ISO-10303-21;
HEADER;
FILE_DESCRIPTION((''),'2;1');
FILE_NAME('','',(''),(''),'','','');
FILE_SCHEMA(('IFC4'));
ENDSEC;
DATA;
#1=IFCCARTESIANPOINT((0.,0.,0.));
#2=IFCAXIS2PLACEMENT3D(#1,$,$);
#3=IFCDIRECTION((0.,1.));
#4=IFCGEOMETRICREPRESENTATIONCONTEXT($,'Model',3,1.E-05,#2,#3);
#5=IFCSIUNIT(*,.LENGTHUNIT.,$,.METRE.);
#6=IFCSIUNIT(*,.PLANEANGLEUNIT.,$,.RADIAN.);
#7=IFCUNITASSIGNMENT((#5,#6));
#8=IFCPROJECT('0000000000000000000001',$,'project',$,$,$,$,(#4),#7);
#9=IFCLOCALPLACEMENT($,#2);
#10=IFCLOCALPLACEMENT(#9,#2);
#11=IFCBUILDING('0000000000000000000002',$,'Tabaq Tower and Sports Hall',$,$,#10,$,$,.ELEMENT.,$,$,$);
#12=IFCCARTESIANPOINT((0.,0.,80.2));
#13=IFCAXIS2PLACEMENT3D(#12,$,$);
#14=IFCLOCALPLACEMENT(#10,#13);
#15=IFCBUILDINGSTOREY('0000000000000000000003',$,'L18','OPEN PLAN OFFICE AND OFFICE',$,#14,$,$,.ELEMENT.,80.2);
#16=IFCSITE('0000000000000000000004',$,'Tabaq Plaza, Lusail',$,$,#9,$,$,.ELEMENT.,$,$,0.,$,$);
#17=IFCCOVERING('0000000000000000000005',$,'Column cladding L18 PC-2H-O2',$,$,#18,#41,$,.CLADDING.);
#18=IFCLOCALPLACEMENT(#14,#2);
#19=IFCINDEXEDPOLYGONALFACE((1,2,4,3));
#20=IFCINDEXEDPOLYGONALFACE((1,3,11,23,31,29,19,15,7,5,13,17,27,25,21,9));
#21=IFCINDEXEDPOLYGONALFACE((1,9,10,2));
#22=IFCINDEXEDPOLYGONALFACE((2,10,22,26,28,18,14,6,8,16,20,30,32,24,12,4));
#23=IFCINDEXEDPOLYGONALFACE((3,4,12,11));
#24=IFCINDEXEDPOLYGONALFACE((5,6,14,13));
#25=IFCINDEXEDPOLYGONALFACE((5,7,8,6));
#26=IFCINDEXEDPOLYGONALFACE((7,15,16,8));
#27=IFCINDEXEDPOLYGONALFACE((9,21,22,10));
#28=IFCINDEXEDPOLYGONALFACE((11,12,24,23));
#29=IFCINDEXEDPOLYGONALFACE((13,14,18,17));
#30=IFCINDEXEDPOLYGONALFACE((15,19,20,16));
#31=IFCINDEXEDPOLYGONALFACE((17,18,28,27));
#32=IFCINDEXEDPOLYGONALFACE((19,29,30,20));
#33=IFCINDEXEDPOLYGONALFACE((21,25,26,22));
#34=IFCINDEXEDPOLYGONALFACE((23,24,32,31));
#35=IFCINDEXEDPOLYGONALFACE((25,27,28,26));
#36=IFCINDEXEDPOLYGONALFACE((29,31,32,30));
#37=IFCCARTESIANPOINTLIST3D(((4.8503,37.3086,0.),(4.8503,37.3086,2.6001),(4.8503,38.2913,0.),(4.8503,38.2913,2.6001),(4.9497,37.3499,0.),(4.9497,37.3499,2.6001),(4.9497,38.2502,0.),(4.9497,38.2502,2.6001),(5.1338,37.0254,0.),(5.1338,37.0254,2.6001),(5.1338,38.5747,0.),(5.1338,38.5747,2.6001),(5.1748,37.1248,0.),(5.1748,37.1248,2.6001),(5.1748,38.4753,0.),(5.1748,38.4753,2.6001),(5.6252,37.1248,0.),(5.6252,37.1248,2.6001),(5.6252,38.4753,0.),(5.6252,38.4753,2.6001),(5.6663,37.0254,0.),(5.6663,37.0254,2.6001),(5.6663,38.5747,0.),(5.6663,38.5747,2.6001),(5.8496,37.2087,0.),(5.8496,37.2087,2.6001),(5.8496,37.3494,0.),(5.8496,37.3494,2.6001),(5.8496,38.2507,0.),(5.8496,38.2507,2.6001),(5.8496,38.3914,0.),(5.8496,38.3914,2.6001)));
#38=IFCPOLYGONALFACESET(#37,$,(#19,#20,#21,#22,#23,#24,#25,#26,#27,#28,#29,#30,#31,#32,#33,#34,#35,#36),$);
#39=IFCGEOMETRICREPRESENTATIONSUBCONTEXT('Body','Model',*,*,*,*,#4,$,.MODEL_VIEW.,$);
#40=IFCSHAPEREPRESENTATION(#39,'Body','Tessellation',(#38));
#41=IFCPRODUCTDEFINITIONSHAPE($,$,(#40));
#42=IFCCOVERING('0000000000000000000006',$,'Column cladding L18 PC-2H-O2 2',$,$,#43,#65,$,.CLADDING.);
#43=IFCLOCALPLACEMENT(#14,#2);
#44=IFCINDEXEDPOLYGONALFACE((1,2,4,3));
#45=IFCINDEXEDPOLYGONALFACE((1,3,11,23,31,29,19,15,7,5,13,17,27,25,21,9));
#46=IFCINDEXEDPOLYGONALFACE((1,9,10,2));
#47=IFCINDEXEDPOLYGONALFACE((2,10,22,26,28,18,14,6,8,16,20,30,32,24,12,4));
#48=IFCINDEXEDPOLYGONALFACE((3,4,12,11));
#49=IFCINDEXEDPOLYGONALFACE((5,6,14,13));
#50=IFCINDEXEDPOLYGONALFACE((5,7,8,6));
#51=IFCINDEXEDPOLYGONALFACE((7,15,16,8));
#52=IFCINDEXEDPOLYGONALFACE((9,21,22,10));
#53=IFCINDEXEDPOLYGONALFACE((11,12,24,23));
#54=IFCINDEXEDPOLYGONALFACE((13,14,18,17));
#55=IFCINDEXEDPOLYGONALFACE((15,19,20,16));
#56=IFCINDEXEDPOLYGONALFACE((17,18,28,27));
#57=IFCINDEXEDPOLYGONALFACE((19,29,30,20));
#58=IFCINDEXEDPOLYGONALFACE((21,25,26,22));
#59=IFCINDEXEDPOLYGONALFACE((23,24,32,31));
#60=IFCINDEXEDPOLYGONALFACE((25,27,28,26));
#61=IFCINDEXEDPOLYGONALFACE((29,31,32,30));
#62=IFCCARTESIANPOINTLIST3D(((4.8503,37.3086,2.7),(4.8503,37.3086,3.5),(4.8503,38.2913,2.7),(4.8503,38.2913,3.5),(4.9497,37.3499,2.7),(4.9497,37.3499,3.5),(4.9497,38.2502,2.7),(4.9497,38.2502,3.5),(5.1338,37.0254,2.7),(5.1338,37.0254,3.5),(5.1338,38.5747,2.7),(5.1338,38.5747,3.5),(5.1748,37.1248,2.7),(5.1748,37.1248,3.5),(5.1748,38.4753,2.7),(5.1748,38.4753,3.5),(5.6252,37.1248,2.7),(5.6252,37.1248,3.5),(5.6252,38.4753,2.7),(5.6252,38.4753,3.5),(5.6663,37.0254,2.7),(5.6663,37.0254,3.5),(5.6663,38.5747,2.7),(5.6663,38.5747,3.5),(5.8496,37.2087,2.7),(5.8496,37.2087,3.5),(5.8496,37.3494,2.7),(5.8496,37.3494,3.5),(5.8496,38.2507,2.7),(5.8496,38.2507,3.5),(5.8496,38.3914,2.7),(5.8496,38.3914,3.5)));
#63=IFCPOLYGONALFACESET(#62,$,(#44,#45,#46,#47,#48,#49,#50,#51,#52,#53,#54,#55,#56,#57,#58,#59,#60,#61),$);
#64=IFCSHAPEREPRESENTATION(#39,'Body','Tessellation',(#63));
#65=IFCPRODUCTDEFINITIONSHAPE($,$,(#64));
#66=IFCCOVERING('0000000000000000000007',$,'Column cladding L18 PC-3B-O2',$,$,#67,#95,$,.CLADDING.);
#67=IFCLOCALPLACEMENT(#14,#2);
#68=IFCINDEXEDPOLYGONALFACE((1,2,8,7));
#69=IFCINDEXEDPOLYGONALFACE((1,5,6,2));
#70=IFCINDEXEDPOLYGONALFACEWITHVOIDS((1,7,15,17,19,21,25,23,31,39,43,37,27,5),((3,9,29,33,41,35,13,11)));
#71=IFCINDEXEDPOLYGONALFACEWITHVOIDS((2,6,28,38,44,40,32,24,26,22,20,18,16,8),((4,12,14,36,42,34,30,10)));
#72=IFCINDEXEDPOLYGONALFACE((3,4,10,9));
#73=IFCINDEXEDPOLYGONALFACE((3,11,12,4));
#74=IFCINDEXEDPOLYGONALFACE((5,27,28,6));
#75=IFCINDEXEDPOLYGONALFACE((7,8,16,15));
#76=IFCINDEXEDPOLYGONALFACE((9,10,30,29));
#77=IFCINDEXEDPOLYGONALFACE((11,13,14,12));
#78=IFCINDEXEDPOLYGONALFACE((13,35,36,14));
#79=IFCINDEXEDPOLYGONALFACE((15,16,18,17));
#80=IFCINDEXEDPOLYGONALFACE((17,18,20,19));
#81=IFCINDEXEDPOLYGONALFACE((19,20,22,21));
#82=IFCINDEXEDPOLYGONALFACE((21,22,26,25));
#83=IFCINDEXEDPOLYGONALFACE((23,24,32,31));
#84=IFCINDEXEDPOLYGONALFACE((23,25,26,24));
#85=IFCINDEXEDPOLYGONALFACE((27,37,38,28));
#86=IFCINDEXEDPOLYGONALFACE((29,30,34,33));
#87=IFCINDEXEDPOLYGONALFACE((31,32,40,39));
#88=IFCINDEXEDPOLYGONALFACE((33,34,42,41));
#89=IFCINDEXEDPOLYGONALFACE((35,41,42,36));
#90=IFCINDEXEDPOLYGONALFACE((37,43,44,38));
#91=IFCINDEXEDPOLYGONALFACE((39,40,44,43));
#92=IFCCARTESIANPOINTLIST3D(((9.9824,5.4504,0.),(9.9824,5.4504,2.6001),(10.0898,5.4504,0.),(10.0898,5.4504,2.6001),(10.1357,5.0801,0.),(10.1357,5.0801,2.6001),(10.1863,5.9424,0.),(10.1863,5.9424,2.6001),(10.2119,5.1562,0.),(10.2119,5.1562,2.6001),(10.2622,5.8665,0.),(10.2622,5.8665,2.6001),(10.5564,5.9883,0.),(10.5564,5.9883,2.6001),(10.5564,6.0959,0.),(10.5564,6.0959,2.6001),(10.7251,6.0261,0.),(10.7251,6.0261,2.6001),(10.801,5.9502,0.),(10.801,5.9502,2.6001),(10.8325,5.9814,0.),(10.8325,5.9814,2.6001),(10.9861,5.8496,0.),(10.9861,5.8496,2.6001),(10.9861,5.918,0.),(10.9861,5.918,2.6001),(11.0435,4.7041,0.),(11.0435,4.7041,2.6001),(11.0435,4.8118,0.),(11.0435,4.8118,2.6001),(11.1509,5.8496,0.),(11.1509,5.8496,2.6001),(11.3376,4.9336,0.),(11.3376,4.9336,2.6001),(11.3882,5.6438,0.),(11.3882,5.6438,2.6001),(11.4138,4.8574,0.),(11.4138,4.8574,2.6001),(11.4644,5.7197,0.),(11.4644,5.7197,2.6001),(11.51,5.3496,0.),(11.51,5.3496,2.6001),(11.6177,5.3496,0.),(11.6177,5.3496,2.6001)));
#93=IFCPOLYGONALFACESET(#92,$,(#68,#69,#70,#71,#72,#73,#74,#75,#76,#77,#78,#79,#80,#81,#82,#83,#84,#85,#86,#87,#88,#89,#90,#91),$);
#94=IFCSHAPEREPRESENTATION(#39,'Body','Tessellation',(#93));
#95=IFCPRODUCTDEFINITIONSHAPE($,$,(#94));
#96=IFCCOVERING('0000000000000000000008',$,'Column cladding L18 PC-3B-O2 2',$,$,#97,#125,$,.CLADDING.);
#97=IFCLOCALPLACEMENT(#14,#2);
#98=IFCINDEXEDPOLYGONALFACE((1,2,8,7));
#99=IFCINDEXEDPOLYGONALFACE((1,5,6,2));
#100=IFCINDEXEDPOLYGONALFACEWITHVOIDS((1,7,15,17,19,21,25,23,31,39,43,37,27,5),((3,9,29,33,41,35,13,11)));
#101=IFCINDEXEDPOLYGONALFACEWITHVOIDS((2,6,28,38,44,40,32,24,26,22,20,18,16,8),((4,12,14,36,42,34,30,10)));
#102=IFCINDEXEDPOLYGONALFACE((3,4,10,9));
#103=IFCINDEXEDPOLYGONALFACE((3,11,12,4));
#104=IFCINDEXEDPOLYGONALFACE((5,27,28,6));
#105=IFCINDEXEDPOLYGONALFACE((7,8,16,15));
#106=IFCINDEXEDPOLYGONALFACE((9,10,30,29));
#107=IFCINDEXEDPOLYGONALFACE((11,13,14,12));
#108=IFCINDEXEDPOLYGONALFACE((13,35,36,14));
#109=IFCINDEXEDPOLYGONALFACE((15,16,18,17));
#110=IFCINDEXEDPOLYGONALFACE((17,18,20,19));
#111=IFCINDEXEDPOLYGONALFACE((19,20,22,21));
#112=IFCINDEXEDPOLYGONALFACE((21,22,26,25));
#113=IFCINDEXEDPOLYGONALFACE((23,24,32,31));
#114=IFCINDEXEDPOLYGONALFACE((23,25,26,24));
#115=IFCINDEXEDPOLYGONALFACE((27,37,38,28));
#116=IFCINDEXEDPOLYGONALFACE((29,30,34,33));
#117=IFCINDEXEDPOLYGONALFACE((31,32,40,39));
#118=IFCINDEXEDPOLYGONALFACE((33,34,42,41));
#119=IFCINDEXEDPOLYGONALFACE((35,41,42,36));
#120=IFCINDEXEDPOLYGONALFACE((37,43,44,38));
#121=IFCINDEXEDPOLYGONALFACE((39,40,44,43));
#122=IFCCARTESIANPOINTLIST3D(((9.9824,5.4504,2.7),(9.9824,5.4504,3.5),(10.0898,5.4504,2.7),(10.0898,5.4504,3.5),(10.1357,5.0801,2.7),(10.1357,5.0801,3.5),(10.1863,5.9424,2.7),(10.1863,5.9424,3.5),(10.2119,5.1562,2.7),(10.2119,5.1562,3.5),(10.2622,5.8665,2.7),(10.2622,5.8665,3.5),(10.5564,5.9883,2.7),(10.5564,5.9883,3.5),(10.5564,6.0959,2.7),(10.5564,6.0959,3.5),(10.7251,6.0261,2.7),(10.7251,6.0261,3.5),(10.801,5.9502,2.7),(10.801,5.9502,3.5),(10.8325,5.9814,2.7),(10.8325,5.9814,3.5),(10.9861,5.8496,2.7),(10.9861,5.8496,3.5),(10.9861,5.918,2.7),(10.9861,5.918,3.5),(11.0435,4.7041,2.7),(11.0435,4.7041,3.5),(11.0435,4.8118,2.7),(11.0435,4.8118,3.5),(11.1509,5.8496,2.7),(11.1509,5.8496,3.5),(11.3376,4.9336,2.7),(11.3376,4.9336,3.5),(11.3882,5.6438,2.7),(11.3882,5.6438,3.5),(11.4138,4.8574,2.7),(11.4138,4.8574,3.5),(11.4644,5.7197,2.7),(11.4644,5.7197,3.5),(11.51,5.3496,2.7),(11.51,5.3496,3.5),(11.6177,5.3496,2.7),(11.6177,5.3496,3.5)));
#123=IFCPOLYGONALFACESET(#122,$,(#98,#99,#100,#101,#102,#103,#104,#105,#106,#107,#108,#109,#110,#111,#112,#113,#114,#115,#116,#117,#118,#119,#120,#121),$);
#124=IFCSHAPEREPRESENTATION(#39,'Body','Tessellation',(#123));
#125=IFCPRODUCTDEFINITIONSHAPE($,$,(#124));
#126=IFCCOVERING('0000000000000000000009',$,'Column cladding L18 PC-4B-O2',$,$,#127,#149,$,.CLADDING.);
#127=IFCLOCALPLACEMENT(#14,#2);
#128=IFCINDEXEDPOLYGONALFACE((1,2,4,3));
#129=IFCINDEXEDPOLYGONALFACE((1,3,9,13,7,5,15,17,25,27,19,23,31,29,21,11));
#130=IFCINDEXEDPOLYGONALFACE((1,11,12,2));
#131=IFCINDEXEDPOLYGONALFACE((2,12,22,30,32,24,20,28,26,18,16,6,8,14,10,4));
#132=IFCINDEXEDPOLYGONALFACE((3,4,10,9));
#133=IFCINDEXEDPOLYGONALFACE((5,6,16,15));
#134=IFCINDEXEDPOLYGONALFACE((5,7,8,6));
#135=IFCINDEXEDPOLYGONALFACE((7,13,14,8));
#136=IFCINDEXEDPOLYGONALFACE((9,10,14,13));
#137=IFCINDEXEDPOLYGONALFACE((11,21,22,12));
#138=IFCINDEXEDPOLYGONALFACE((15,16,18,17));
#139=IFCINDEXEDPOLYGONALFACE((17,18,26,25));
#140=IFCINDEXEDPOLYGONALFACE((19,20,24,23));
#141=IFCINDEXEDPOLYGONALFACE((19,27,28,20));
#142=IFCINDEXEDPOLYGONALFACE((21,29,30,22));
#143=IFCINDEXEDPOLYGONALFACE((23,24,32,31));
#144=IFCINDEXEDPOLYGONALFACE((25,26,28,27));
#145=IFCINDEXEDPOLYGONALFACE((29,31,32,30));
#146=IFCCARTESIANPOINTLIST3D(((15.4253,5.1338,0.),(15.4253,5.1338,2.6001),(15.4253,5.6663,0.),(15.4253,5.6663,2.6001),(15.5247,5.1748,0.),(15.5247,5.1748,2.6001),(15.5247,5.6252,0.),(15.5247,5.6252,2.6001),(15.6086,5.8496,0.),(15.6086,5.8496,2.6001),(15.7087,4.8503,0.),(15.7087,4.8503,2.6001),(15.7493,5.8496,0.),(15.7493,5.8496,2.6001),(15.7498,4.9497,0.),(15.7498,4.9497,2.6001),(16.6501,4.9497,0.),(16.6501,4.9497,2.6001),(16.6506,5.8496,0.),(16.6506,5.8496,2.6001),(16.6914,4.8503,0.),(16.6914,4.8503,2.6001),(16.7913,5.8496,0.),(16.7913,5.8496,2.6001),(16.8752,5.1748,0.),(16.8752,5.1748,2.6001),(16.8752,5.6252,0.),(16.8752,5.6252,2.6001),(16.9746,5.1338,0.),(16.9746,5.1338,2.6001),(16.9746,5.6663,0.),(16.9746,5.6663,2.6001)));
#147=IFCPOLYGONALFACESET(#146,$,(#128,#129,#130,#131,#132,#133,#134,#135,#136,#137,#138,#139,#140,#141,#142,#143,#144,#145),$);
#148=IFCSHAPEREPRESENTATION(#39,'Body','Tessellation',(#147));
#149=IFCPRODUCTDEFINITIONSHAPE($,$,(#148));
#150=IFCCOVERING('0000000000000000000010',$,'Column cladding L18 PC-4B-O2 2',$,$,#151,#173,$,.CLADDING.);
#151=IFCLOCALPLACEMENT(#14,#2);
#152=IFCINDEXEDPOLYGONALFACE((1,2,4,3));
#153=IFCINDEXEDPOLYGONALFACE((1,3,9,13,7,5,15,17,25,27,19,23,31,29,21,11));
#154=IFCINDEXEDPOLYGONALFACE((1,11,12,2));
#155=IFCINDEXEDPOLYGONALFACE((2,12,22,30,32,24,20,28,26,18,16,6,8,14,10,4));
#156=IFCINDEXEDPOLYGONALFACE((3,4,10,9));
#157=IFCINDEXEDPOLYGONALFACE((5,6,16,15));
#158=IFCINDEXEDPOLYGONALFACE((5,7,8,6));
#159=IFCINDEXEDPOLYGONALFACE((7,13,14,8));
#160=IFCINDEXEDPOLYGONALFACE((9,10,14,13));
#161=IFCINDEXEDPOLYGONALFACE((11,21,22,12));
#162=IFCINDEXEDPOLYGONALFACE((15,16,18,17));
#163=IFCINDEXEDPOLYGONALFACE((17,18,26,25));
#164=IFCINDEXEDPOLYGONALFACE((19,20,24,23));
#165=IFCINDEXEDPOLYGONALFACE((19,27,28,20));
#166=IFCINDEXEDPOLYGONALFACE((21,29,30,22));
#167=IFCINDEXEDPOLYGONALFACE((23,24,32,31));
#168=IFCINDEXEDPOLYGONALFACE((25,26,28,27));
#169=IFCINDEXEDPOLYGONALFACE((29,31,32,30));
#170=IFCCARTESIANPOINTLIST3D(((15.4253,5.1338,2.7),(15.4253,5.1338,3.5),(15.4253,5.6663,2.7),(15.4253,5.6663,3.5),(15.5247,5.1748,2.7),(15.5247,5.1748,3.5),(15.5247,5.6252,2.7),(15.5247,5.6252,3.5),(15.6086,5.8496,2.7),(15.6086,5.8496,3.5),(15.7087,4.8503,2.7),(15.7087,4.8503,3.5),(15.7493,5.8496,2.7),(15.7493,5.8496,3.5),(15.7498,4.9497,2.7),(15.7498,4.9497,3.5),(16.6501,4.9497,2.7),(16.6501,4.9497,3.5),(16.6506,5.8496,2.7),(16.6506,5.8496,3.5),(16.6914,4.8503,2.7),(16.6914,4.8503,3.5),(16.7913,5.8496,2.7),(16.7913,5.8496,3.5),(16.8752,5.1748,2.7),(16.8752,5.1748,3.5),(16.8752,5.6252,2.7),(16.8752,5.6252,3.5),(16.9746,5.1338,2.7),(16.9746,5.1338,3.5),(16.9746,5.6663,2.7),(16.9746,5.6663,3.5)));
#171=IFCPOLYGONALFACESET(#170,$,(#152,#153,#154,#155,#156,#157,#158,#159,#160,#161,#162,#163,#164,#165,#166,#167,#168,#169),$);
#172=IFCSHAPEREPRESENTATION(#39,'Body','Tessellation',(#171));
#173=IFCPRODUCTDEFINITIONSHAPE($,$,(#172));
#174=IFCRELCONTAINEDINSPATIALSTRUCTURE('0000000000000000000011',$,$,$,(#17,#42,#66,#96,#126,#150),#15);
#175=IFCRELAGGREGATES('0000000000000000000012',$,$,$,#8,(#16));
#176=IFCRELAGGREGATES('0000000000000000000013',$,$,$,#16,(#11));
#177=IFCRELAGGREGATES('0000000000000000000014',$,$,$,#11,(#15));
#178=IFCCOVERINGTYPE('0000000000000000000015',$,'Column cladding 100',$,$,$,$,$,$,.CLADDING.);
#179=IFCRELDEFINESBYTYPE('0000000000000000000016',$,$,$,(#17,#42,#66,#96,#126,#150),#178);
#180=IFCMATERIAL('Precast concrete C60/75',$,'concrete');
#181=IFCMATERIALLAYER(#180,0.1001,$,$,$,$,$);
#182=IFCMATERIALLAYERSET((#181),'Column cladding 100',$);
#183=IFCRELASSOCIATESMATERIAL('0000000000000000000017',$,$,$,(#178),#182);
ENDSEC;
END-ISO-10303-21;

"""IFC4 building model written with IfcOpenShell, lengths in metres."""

from ifc_helpers import new_model, si_unit, direction, frame, origin, place, context, subcontext, project, spatial, polyline, outline, extrude, material, layer, layer_set, type_object, element, save


model = new_model("IFC4")

# Units and contexts
model_context = context("Model", 3, precision=1e-05, world=origin(), true_north=direction((0.0, 1.0)))
body_context = subcontext(model_context, "Body", "Model", "MODEL_VIEW")
ifc_project = project(units=[si_unit("LENGTHUNIT", "METRE"), si_unit("PLANEANGLEUNIT", "RADIAN")], contexts=[model_context])

# Site, building, storey
site_placement = place(None, origin())
site = spatial("IfcSite", under=ifc_project, at=site_placement, Name="Tabaq Plaza, Lusail", CompositionType="ELEMENT", RefElevation=0.0)
building_placement = place(site_placement, origin())
building = spatial("IfcBuilding", under=site, at=building_placement, Name="Tabaq Tower and Sports Hall", CompositionType="ELEMENT")
storey_placement = place(building_placement, frame((0.0, 0.0, 80.2)))
storey = spatial("IfcBuildingStorey", under=building, at=storey_placement, Name="L18", Description="OPEN PLAN OFFICE AND OFFICE", CompositionType="ELEMENT", Elevation=80.2)

# Coverings
ifc_material_1 = material(Name="Precast concrete C60/75", Category="concrete")
ifc_layer_1 = layer(ifc_material_1, 0.1001)
ifc_layer_set_1 = layer_set([ifc_layer_1], Name="Column cladding 100")
covering_type = type_object("IfcCoveringType", Name="Column cladding 100", PredefinedType="CLADDING", material=ifc_layer_set_1)
covering_1_placement = place(storey_placement, origin())
element("IfcCovering", 1, at=covering_1_placement, inside=storey, type_object=covering_type, Name="Column cladding L18 PC-2H-O2", PredefinedType="CLADDING", context=body_context, shape_type="SweptSolid", body=[
    extrude(outline(polyline([(5.1338, 37.0254), (4.8503, 37.3086), (4.8503, 38.2913), (5.1338, 38.5747), (5.6663, 38.5747), (5.8496, 38.3914), (5.8496, 38.2507), (5.6252, 38.4753), (5.1748, 38.4753), (4.9497, 38.2502), (4.9497, 37.3499), (5.1748, 37.1248), (5.6252, 37.1248), (5.8496, 37.3494), (5.8496, 37.2087), (5.6663, 37.0254), (5.1338, 37.0254)])), origin(), (0.0, 0.0, 1.0), 2.6001),
])
covering_2_placement = place(storey_placement, frame((0.0, 0.0, 2.7)))
element("IfcCovering", 2, at=covering_2_placement, inside=storey, type_object=covering_type, Name="Column cladding L18 PC-2H-O2 2", PredefinedType="CLADDING", context=body_context, shape_type="SweptSolid", body=[
    extrude(outline(polyline([(5.1338, 37.0254), (4.8503, 37.3086), (4.8503, 38.2913), (5.1338, 38.5747), (5.6663, 38.5747), (5.8496, 38.3914), (5.8496, 38.2507), (5.6252, 38.4753), (5.1748, 38.4753), (4.9497, 38.2502), (4.9497, 37.3499), (5.1748, 37.1248), (5.6252, 37.1248), (5.8496, 37.3494), (5.8496, 37.2087), (5.6663, 37.0254), (5.1338, 37.0254)])), origin(), (0.0, 0.0, 1.0), 0.8),
])
covering_3_placement = place(storey_placement, origin())
element("IfcCovering", 3, at=covering_3_placement, inside=storey, type_object=covering_type, Name="Column cladding L18 PC-3B-O2", PredefinedType="CLADDING", context=body_context, shape_type="SweptSolid", body=[
    extrude(outline(polyline([(11.4138, 4.8574), (11.0435, 4.7041), (10.1357, 5.0801), (9.9824, 5.4504), (10.1863, 5.9424), (10.5564, 6.0959), (10.7251, 6.0261), (10.801, 5.9502), (10.8325, 5.9814), (10.9861, 5.918), (10.9861, 5.8496), (11.1509, 5.8496), (11.4644, 5.7197), (11.6177, 5.3496), (11.4138, 4.8574)]), holes=[polyline([(10.2622, 5.8665), (10.0898, 5.4504), (10.2119, 5.1562), (11.0435, 4.8118), (11.3376, 4.9336), (11.51, 5.3496), (11.3882, 5.6438), (10.5564, 5.9883), (10.2622, 5.8665)])]), origin(), (0.0, 0.0, 1.0), 2.6001),
])
covering_4_placement = place(storey_placement, frame((0.0, 0.0, 2.7)))
element("IfcCovering", 4, at=covering_4_placement, inside=storey, type_object=covering_type, Name="Column cladding L18 PC-3B-O2 2", PredefinedType="CLADDING", context=body_context, shape_type="SweptSolid", body=[
    extrude(outline(polyline([(11.4138, 4.8574), (11.0435, 4.7041), (10.1357, 5.0801), (9.9824, 5.4504), (10.1863, 5.9424), (10.5564, 6.0959), (10.7251, 6.0261), (10.801, 5.9502), (10.8325, 5.9814), (10.9861, 5.918), (10.9861, 5.8496), (11.1509, 5.8496), (11.4644, 5.7197), (11.6177, 5.3496), (11.4138, 4.8574)]), holes=[polyline([(10.2622, 5.8665), (10.0898, 5.4504), (10.2119, 5.1562), (11.0435, 4.8118), (11.3376, 4.9336), (11.51, 5.3496), (11.3882, 5.6438), (10.5564, 5.9883), (10.2622, 5.8665)])]), origin(), (0.0, 0.0, 1.0), 0.8),
])
covering_5_placement = place(storey_placement, origin())
element("IfcCovering", 5, at=covering_5_placement, inside=storey, type_object=covering_type, Name="Column cladding L18 PC-4B-O2", PredefinedType="CLADDING", context=body_context, shape_type="SweptSolid", body=[
    extrude(outline(polyline([(15.4253, 5.6663), (15.6086, 5.8496), (15.7493, 5.8496), (15.5247, 5.6252), (15.5247, 5.1748), (15.7498, 4.9497), (16.6501, 4.9497), (16.8752, 5.1748), (16.8752, 5.6252), (16.6506, 5.8496), (16.7913, 5.8496), (16.9746, 5.6663), (16.9746, 5.1338), (16.6914, 4.8503), (15.7087, 4.8503), (15.4253, 5.1338), (15.4253, 5.6663)])), origin(), (0.0, 0.0, 1.0), 2.6001),
])
covering_6_placement = place(storey_placement, frame((0.0, 0.0, 2.7)))
element("IfcCovering", 6, at=covering_6_placement, inside=storey, type_object=covering_type, Name="Column cladding L18 PC-4B-O2 2", PredefinedType="CLADDING", context=body_context, shape_type="SweptSolid", body=[
    extrude(outline(polyline([(15.4253, 5.6663), (15.6086, 5.8496), (15.7493, 5.8496), (15.5247, 5.6252), (15.5247, 5.1748), (15.7498, 4.9497), (16.6501, 4.9497), (16.8752, 5.1748), (16.8752, 5.6252), (16.6506, 5.8496), (16.7913, 5.8496), (16.9746, 5.6663), (16.9746, 5.1338), (16.6914, 4.8503), (15.7087, 4.8503), (15.4253, 5.1338), (15.4253, 5.6663)])), origin(), (0.0, 0.0, 1.0), 0.8),
])

save(model, "model.ifc")
